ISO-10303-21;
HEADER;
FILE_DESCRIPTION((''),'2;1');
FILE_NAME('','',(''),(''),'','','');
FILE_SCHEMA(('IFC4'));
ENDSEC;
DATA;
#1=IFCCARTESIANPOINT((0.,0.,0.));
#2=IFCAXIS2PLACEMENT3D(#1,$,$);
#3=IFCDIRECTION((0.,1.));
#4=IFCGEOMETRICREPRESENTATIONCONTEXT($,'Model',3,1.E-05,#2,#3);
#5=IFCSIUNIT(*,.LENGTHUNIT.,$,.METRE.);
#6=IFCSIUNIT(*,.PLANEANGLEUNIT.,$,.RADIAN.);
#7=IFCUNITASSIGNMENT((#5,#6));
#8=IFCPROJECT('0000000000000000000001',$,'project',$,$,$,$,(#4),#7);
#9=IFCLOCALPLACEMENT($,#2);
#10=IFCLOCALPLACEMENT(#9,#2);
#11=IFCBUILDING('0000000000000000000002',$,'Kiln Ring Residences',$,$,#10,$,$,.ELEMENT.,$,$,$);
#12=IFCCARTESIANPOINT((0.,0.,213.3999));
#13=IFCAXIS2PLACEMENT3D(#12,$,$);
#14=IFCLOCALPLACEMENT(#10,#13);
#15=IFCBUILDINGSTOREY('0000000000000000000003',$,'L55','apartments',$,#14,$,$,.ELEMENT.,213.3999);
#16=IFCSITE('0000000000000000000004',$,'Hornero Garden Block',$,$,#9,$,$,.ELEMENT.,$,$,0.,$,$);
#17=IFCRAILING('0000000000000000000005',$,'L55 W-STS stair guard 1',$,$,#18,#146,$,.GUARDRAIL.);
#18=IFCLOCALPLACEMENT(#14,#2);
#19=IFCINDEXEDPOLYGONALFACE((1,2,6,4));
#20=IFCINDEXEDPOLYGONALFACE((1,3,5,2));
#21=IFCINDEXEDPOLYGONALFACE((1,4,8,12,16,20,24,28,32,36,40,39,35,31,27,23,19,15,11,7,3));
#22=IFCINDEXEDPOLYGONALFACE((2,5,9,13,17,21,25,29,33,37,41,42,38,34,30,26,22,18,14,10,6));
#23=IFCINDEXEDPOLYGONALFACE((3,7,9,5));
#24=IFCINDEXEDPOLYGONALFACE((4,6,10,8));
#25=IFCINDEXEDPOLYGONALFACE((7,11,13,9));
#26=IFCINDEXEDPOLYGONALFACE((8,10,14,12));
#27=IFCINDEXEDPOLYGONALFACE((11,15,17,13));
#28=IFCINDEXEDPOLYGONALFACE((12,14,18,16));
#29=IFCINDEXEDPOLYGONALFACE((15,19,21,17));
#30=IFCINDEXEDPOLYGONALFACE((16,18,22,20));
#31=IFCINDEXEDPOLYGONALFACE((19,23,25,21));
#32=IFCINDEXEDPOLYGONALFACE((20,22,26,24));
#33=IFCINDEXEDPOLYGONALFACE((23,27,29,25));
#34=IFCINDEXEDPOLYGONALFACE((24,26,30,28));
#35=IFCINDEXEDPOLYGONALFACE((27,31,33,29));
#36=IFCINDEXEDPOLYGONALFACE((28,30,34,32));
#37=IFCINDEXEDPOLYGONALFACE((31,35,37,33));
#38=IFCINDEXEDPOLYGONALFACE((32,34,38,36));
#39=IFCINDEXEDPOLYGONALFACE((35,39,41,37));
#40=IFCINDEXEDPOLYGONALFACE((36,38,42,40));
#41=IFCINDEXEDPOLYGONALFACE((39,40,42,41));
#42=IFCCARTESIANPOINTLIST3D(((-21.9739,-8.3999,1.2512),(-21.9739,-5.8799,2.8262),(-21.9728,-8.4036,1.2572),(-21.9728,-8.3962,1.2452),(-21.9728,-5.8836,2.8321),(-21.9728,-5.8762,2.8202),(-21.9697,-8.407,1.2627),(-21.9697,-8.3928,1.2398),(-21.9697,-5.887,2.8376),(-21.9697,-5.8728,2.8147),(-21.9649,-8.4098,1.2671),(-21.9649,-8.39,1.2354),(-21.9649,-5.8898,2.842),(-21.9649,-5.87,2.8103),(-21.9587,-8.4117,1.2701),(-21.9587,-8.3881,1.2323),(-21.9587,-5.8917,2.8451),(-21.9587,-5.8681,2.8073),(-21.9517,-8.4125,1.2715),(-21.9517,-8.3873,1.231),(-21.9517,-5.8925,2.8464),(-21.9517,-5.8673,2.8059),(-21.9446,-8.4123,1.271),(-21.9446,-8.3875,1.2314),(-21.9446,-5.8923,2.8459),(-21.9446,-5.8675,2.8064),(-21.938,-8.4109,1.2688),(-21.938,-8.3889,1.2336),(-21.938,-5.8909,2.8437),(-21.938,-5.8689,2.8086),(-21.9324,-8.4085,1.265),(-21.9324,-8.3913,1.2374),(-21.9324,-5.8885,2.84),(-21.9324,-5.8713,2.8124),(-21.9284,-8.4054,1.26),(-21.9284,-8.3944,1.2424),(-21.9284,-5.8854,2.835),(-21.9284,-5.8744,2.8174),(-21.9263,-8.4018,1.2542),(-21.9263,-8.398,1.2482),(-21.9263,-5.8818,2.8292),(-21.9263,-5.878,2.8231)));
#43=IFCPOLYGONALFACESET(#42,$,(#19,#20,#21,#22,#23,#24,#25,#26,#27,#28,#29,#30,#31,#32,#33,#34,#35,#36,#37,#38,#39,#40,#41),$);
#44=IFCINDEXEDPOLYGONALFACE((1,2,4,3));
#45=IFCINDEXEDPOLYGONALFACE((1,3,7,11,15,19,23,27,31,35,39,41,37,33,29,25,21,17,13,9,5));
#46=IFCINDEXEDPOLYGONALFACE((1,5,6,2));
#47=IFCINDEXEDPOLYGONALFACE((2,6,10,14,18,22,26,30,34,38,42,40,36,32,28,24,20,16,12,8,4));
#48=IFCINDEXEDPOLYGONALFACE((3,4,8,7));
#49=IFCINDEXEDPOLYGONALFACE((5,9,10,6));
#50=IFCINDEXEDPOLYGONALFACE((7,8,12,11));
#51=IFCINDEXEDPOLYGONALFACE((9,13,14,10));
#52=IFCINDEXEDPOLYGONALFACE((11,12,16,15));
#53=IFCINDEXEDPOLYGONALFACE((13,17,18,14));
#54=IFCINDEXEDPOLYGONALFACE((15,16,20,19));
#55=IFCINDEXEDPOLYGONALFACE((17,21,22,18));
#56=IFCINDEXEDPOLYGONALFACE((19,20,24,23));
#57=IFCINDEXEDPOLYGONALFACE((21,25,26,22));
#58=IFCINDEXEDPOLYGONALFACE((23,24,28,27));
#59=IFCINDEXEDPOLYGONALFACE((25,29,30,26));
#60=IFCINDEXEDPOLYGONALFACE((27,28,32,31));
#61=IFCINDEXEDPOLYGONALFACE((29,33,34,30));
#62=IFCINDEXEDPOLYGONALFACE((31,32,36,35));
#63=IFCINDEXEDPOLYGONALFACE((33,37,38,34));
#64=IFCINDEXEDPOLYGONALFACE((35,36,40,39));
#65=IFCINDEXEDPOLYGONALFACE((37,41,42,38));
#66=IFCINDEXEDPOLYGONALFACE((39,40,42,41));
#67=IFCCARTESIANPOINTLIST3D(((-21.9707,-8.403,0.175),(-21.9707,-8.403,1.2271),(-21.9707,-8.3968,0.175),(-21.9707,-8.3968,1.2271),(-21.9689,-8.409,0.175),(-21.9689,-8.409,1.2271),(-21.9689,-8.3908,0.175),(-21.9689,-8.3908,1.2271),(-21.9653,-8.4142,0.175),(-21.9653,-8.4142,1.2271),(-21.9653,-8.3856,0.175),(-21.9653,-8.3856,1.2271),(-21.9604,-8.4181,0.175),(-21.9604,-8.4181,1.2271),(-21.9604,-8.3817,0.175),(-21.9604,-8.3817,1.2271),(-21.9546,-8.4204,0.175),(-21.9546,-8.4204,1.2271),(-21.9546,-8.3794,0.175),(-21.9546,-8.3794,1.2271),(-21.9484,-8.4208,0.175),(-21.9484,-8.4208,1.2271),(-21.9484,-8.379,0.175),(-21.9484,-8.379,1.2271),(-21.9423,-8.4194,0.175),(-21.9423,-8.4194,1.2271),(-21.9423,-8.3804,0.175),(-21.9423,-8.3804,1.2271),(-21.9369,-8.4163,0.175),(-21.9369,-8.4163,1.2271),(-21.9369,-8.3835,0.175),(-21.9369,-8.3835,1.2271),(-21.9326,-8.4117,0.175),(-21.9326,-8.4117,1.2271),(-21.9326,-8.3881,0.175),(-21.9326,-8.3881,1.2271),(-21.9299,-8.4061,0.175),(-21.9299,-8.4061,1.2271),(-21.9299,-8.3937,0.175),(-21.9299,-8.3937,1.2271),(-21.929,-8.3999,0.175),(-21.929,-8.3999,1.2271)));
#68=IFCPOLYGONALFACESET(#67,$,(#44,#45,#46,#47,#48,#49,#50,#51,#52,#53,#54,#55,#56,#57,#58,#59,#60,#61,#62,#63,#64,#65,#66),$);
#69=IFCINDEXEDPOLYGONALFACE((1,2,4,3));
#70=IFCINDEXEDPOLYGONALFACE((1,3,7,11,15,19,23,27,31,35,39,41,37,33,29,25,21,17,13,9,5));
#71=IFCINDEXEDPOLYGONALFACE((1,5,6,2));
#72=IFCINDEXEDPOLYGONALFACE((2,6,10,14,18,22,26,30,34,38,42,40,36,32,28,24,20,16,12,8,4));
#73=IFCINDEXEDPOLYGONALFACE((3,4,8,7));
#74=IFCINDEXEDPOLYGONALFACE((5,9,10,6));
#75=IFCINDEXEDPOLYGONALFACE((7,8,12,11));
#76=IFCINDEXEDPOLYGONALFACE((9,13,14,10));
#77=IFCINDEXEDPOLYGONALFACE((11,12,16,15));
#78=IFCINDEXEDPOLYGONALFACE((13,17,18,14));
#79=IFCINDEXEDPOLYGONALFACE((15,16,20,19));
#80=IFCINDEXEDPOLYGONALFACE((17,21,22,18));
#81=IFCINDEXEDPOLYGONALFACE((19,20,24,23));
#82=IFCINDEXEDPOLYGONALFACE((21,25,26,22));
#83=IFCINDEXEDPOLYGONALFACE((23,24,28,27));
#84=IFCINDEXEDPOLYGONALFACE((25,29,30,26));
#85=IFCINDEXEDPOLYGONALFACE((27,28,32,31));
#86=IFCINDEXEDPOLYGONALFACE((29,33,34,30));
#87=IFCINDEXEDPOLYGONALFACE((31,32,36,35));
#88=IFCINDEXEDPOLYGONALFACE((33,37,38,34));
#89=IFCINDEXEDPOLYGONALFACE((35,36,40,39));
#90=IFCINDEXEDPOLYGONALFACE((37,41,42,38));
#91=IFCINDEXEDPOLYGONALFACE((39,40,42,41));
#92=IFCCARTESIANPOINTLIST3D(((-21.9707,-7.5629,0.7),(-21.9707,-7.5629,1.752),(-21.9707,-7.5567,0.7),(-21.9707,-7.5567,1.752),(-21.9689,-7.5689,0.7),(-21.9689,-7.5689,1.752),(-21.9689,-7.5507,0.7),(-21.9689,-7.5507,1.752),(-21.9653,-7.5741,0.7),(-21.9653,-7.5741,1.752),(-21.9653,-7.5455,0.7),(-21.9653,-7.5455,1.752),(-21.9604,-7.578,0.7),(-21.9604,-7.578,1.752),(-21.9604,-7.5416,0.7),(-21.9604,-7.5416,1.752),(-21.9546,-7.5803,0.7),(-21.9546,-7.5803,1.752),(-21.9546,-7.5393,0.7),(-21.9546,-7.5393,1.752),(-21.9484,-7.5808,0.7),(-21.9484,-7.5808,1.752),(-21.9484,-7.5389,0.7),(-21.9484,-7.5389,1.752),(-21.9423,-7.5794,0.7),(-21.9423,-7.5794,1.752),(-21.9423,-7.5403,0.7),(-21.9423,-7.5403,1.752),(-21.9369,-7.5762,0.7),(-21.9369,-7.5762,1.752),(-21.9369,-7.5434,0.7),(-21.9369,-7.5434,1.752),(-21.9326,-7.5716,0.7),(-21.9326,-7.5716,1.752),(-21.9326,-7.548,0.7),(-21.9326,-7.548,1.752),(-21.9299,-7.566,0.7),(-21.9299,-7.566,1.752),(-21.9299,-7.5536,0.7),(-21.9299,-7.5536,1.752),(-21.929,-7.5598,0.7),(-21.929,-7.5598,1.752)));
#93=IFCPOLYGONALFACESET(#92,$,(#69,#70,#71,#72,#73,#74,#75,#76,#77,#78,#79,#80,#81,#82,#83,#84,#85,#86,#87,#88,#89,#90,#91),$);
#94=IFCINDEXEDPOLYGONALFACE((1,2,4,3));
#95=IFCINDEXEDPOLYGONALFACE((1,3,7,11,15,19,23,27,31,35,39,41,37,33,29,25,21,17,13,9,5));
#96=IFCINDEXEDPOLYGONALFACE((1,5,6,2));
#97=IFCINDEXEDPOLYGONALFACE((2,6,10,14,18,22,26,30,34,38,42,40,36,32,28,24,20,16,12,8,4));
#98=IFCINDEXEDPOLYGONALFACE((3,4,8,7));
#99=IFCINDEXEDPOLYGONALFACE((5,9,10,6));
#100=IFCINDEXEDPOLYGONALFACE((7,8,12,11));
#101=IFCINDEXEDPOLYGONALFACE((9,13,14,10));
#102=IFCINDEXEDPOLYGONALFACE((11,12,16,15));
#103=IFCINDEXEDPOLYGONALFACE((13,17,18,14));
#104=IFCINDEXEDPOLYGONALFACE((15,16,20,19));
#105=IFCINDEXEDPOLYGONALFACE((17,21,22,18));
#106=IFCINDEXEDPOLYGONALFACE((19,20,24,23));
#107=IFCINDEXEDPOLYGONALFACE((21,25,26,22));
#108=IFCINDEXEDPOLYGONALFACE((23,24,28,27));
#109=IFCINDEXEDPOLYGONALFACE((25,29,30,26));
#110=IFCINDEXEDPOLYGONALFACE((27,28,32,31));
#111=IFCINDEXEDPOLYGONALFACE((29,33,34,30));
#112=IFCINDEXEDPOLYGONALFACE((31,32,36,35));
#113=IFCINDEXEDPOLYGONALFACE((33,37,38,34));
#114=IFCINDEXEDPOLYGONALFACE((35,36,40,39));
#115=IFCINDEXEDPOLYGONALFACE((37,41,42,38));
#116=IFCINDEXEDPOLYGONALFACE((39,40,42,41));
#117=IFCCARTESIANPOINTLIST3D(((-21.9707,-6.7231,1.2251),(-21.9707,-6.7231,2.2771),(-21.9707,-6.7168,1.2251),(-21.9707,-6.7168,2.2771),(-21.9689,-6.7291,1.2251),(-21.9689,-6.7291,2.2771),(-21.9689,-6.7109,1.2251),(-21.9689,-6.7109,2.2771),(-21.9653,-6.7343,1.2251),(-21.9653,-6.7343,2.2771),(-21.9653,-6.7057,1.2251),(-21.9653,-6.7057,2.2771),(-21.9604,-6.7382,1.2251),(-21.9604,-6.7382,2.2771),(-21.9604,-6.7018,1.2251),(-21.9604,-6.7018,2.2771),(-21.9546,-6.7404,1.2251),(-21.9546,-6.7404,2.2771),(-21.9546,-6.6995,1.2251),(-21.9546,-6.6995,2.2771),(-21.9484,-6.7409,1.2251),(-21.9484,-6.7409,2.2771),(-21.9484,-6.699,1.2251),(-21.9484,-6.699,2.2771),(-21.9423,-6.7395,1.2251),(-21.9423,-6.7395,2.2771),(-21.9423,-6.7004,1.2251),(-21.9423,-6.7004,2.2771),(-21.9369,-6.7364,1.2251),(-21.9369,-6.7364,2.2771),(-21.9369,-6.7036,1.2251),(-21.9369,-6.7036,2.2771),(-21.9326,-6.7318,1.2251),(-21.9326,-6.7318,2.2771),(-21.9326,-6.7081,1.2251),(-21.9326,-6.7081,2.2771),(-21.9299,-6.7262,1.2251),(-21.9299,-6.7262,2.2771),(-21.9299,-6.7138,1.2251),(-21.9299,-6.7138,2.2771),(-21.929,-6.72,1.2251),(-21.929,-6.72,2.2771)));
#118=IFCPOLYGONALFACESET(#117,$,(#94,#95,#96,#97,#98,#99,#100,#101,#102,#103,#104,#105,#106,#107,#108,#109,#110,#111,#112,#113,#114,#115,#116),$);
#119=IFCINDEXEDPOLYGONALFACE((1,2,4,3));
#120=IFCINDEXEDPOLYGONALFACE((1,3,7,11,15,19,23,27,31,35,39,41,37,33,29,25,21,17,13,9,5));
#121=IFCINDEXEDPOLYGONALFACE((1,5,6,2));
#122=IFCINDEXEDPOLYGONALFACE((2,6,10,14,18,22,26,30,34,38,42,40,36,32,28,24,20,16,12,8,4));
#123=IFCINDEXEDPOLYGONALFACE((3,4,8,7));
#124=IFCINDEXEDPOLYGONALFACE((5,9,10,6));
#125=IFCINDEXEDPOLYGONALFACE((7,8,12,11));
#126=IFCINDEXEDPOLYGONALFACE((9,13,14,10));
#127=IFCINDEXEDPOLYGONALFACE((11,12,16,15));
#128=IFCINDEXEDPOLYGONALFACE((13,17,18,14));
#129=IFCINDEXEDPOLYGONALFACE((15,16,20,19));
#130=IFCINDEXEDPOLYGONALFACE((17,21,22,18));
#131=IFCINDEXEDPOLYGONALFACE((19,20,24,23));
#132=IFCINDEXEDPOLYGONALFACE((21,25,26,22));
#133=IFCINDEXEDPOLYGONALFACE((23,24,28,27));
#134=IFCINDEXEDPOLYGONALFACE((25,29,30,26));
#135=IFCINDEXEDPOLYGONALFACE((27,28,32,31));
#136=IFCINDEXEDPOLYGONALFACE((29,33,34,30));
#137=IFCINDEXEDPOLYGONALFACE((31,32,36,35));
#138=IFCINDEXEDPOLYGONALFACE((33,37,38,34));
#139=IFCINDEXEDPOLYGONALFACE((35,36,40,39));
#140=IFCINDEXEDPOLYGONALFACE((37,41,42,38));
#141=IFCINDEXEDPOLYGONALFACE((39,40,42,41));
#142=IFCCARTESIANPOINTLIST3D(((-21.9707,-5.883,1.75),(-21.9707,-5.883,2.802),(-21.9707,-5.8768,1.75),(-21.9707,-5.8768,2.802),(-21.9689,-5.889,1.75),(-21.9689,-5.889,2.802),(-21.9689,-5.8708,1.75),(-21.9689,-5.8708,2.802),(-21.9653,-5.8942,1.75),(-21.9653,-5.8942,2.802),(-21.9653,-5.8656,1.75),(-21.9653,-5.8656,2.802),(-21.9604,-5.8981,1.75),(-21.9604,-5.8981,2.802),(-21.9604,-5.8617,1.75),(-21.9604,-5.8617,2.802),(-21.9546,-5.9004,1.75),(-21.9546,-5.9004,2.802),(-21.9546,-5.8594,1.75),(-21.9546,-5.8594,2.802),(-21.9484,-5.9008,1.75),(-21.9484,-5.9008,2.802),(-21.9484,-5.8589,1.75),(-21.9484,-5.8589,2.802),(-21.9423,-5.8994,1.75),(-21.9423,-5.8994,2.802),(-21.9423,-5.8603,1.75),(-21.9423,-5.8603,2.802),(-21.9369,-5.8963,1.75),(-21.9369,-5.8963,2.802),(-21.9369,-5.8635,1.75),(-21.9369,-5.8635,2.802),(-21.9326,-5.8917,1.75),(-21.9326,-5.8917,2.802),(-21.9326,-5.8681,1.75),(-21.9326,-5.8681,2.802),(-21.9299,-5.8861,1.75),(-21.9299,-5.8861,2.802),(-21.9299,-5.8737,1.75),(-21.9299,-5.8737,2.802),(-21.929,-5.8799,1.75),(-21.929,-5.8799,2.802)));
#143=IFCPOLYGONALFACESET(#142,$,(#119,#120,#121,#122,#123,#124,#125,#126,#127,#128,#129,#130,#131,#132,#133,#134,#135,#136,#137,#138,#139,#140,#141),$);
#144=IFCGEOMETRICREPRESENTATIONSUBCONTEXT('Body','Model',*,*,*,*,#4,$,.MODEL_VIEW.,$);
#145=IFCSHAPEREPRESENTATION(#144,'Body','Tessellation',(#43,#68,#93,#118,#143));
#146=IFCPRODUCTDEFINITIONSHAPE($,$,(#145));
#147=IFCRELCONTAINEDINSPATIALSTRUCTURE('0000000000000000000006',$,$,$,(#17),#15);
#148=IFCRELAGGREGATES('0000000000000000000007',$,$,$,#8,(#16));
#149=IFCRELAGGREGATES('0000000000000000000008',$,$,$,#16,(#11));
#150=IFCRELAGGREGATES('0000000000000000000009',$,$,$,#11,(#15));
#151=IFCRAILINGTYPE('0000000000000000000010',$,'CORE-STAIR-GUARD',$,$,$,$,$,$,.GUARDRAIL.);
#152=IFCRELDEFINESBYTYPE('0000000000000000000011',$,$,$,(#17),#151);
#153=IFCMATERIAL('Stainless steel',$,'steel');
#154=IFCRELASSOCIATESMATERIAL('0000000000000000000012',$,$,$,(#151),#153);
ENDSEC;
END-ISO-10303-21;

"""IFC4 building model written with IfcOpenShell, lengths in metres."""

from ifc_helpers import new_model, si_unit, direction, frame, origin, origin_2d, place, context, subcontext, project, spatial, circle, extrude, material, type_object, element, save


model = new_model("IFC4")

# Units and contexts
model_context = context("Model", 3, precision=1e-05, world=origin(), true_north=direction((0.0, 1.0)))
body_context = subcontext(model_context, "Body", "Model", "MODEL_VIEW")
ifc_project = project(units=[si_unit("LENGTHUNIT", "METRE"), si_unit("PLANEANGLEUNIT", "RADIAN")], contexts=[model_context])

# Site, building, storey
site_placement = place(None, origin())
site = spatial("IfcSite", under=ifc_project, at=site_placement, Name="Hornero Garden Block", CompositionType="ELEMENT", RefElevation=0.0)
building_placement = place(site_placement, origin())
building = spatial("IfcBuilding", under=site, at=building_placement, Name="Kiln Ring Residences", CompositionType="ELEMENT")
storey_placement = place(building_placement, frame((0.0, 0.0, 213.3999)))
storey = spatial("IfcBuildingStorey", under=building, at=storey_placement, Name="L55", Description="apartments", CompositionType="ELEMENT", Elevation=213.3999)

# Railing
ifc_material_1 = material(Name="Stainless steel", Category="steel")
railing_type_1 = type_object("IfcRailingType", Name="CORE-STAIR-GUARD", PredefinedType="GUARDRAIL", material=ifc_material_1)
railing_1_placement = place(storey_placement, frame((-21.95, -8.3999, 0.175)))
element("IfcRailing", 1, at=railing_1_placement, inside=storey, type_object=railing_type_1, Name="L55 W-STS stair guard 1", PredefinedType="GUARDRAIL", context=body_context, shape_type="SweptSolid", body=[
    extrude(circle(Radius=0.0239, at=origin_2d()), frame((0.0, 0.0, 1.0762), z_axis=(0.0, 0.848008, 0.529984), x_axis=(-1.0, 0.0, 0.0)), (0.0, 0.0, 1.0), 2.9717),
    extrude(circle(Radius=0.021, at=origin_2d()), origin(), (0.0, 0.0, 1.0), 1.052),
    extrude(circle(Radius=0.021, at=origin_2d()), frame((0.0, 0.8401, 0.5249)), (0.0, 0.0, 1.0), 1.052),
    extrude(circle(Radius=0.021, at=origin_2d()), frame((0.0, 1.6799, 1.05)), (0.0, 0.0, 1.0), 1.052),
    extrude(circle(Radius=0.021, at=origin_2d()), frame((0.0, 2.52, 1.575)), (0.0, 0.0, 1.0), 1.052),
])

save(model, "model.ifc")
